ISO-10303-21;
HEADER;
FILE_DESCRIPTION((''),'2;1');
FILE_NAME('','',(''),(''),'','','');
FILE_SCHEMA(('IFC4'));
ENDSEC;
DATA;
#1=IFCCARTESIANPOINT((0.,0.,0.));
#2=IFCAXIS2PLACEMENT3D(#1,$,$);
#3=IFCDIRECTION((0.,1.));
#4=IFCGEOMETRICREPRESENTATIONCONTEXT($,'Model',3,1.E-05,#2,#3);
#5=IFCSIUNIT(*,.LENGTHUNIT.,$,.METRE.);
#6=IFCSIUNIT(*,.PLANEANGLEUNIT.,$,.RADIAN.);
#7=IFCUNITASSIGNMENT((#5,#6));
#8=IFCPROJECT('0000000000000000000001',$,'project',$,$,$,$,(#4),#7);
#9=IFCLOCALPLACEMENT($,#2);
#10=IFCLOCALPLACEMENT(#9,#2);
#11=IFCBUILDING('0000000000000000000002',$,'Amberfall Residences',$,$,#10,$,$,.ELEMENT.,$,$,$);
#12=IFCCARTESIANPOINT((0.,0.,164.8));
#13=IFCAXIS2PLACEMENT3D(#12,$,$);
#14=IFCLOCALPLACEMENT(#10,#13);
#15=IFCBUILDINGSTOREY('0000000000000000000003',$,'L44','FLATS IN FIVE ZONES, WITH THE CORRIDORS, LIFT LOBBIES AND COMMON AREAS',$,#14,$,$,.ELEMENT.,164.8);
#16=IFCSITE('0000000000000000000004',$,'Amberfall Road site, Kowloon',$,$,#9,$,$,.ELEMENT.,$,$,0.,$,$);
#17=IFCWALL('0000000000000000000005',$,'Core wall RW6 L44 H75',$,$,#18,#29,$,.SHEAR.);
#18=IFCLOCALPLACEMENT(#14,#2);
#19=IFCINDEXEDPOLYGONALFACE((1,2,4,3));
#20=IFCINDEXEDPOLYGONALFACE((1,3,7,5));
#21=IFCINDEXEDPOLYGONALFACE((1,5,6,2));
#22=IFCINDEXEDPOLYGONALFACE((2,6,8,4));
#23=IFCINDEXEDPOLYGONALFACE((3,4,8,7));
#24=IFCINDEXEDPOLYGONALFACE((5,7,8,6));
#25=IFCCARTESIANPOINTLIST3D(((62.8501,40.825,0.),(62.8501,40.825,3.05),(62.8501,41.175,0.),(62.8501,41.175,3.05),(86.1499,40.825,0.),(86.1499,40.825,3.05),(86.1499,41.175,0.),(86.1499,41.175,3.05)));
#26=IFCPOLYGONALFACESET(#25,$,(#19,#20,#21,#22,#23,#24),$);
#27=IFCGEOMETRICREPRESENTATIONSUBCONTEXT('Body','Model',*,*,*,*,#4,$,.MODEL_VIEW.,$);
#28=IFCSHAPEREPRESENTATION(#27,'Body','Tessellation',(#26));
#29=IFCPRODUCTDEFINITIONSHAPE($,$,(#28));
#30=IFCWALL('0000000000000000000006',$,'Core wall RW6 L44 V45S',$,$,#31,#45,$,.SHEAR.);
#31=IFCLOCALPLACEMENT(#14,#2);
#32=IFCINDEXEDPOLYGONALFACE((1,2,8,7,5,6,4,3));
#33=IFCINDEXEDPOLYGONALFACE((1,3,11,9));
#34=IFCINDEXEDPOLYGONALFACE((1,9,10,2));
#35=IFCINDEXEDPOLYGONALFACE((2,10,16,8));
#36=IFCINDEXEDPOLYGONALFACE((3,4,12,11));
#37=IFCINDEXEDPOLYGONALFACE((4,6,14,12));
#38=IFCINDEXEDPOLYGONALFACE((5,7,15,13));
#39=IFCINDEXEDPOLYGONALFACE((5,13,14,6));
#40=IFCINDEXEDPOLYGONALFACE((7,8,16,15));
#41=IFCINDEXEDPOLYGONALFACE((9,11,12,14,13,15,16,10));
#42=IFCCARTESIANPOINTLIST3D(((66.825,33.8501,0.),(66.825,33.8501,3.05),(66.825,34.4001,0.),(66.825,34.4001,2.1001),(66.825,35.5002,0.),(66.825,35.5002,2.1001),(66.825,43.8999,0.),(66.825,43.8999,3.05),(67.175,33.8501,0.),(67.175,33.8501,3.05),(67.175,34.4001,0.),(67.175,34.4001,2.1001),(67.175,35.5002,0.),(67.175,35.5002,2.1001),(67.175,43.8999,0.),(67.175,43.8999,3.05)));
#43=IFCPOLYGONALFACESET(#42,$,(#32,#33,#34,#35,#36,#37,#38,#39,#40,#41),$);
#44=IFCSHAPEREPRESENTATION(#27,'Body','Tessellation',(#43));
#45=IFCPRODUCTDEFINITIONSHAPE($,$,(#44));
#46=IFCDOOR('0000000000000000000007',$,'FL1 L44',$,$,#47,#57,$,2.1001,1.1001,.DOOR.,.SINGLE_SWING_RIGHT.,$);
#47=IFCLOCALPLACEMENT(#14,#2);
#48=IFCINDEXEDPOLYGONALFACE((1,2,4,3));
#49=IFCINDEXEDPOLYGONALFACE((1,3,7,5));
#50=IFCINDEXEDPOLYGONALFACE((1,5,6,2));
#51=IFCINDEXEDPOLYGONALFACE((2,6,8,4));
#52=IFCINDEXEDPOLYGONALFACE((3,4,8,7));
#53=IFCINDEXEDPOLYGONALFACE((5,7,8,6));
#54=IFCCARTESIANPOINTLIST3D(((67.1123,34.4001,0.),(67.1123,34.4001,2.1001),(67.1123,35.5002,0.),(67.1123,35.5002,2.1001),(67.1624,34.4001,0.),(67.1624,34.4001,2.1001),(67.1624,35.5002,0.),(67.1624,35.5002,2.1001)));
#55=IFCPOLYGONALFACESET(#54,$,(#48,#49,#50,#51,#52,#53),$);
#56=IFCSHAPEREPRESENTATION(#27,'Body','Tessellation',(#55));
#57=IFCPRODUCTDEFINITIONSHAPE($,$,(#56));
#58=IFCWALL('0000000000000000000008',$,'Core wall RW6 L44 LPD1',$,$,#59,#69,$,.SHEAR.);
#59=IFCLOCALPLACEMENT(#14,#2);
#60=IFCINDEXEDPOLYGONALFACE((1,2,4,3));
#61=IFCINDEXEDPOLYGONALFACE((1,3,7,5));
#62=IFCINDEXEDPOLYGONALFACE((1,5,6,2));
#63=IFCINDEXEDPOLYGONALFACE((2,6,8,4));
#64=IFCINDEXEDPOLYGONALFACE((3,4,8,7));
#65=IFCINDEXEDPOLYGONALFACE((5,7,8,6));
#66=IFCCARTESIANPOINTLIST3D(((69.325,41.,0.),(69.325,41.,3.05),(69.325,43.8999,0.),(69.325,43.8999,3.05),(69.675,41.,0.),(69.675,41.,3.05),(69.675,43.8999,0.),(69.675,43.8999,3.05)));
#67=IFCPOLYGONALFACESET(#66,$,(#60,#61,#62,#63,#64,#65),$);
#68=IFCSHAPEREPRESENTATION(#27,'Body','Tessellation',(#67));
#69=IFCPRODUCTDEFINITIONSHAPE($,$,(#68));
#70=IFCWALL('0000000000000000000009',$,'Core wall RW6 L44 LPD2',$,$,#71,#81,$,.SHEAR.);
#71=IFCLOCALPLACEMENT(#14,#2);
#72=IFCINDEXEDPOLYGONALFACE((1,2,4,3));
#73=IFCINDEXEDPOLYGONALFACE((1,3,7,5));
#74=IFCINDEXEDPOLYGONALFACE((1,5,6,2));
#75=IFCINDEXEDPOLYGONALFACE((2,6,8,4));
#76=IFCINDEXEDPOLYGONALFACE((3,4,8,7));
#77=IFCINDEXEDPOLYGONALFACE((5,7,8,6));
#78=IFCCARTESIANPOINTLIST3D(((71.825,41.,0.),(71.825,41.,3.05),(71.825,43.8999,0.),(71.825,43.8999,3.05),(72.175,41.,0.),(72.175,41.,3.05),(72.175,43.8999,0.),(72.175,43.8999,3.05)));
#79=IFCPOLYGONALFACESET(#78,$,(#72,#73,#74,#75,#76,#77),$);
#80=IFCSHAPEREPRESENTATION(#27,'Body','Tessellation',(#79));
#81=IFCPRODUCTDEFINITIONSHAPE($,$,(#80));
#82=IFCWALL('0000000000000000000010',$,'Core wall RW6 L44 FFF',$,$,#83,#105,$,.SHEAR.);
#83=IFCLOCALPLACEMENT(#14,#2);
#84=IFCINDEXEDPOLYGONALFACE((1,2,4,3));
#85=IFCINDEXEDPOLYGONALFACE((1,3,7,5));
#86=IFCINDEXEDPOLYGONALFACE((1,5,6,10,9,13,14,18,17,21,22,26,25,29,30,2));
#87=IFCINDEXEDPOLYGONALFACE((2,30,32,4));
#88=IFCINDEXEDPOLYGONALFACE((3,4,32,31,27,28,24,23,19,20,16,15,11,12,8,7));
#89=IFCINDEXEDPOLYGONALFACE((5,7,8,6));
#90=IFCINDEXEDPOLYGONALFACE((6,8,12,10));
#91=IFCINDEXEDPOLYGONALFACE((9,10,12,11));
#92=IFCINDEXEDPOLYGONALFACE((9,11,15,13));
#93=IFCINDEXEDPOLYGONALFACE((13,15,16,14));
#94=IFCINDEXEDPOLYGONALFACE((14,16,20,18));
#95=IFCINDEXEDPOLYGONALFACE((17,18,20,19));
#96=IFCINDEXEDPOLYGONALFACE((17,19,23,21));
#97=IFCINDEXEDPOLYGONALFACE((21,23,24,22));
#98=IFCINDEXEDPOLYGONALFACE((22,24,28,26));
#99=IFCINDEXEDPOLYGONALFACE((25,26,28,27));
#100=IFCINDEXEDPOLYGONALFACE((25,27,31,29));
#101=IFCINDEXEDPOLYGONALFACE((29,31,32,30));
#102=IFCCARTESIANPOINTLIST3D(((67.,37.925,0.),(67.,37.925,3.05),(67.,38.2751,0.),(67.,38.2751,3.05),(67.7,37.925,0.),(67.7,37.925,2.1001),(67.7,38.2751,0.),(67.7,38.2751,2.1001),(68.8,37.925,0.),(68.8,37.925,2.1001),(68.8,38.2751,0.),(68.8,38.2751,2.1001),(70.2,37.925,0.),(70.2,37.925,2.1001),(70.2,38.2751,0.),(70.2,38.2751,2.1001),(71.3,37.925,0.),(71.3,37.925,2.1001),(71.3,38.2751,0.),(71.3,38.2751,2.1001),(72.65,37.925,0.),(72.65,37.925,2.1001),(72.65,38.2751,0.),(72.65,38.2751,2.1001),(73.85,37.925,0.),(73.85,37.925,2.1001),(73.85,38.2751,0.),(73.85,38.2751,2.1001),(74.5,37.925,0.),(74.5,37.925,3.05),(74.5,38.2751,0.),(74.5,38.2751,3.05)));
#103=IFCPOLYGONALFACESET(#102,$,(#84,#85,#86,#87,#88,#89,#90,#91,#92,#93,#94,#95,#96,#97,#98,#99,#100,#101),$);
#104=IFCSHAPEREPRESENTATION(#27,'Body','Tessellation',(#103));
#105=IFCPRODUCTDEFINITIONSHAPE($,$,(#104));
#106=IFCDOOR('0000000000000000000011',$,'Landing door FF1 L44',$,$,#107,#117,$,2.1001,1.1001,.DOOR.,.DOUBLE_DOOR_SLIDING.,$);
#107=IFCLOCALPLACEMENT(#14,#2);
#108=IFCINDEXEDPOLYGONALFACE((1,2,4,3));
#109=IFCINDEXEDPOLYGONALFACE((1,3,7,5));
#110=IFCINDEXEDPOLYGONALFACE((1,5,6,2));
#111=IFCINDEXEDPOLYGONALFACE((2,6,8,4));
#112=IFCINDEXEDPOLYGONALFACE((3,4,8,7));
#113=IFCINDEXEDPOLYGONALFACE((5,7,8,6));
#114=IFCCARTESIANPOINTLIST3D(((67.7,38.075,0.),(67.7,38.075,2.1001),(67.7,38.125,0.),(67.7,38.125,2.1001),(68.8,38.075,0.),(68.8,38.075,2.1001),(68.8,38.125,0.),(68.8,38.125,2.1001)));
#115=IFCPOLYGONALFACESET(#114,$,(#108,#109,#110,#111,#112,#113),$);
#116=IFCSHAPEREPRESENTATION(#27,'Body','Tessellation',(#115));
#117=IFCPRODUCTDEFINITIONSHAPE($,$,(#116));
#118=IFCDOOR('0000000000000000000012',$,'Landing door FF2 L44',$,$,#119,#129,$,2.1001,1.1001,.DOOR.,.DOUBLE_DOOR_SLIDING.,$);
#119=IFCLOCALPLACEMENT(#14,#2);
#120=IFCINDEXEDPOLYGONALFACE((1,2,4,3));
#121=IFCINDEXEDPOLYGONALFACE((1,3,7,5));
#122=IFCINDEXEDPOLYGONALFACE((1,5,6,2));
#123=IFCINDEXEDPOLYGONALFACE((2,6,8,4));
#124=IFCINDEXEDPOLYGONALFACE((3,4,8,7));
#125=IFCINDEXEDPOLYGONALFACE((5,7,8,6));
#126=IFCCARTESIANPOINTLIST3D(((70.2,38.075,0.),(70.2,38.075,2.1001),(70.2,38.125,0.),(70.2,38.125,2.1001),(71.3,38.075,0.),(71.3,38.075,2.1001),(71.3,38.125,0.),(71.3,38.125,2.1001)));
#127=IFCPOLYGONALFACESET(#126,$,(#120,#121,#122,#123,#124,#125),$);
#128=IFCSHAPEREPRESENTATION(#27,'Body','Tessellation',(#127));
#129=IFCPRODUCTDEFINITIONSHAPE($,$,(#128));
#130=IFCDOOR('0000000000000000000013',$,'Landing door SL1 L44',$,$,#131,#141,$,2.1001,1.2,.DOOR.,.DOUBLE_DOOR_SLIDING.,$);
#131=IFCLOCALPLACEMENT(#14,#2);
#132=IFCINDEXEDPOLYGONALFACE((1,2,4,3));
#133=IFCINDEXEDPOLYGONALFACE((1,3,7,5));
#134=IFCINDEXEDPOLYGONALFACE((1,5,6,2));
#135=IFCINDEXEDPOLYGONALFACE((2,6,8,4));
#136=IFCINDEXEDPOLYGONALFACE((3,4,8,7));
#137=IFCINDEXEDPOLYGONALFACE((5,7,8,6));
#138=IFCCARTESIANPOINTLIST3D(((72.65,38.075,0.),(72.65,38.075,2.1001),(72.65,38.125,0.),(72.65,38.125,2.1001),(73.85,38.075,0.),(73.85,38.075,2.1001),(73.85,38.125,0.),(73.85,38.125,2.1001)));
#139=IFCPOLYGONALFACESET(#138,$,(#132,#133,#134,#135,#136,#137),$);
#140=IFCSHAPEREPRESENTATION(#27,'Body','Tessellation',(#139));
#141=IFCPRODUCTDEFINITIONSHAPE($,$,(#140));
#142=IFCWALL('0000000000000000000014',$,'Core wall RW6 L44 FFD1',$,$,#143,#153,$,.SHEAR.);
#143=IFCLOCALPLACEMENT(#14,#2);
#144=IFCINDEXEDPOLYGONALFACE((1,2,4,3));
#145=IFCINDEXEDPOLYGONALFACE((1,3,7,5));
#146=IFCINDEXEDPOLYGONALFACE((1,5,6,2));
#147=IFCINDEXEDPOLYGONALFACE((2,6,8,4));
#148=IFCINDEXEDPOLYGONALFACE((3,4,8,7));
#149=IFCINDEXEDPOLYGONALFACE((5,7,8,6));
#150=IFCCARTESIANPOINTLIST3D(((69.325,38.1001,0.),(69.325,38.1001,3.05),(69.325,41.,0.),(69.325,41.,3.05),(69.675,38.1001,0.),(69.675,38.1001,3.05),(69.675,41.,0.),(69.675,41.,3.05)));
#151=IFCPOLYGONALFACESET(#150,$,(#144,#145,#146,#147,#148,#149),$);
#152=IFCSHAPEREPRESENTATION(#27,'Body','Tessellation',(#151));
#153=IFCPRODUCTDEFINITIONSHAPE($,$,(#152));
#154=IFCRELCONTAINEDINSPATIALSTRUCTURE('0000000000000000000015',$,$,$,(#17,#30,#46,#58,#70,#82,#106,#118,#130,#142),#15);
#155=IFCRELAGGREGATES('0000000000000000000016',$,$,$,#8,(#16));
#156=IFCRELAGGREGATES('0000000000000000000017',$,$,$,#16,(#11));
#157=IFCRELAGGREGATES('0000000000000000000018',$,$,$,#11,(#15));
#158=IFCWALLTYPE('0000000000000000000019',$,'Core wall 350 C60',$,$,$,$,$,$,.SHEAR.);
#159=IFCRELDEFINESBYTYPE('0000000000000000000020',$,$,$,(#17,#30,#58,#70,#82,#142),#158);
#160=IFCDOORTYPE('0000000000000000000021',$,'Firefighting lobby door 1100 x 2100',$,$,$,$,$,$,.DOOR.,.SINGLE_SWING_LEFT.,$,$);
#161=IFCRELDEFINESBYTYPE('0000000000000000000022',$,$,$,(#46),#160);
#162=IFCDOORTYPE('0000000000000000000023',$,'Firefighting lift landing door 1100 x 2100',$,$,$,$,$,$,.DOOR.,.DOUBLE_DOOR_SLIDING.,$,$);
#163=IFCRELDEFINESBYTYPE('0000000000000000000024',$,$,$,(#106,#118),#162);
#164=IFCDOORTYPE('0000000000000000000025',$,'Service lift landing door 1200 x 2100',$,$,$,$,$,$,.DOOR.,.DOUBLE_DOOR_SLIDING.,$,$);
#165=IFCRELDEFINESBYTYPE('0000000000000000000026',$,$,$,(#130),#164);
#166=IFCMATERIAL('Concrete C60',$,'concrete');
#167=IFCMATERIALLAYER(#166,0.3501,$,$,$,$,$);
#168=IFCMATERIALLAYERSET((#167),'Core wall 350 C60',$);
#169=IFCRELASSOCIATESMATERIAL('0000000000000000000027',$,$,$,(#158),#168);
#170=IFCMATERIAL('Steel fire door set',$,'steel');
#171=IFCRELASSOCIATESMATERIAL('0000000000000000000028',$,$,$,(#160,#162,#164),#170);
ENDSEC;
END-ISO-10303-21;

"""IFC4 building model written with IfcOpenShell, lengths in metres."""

from ifc_helpers import new_model, si_unit, direction, frame, frame_2d, origin, place, context, subcontext, project, spatial, rectangle, extrude, material, layer, layer_set, type_object, element, fill, save


model = new_model("IFC4")

# Units and contexts
model_context = context("Model", 3, precision=1e-05, world=origin(), true_north=direction((0.0, 1.0)))
body_context = subcontext(model_context, "Body", "Model", "MODEL_VIEW")
ifc_project = project(units=[si_unit("LENGTHUNIT", "METRE"), si_unit("PLANEANGLEUNIT", "RADIAN")], contexts=[model_context])

# Site, building, storey
site_placement = place(None, origin())
site = spatial("IfcSite", under=ifc_project, at=site_placement, Name="Amberfall Road site, Kowloon", CompositionType="ELEMENT", RefElevation=0.0)
building_placement = place(site_placement, origin())
building = spatial("IfcBuilding", under=site, at=building_placement, Name="Amberfall Residences", CompositionType="ELEMENT")
storey_placement = place(building_placement, frame((0.0, 0.0, 164.8)))
storey = spatial("IfcBuildingStorey", under=building, at=storey_placement, Name="L44", Description="FLATS IN FIVE ZONES, WITH THE CORRIDORS, LIFT LOBBIES AND COMMON AREAS", CompositionType="ELEMENT", Elevation=164.8)

# Wall
ifc_material_1 = material(Name="Concrete C60", Category="concrete")
ifc_layer_1 = layer(ifc_material_1, 0.3501)
ifc_layer_set_1 = layer_set([ifc_layer_1], Name="Core wall 350 C60")
wall_type_1 = type_object("IfcWallType", Name="Core wall 350 C60", PredefinedType="SHEAR", material=ifc_layer_set_1)
wall_1_placement = place(storey_placement, frame((62.8501, 41.0, 0.0), z_axis=(0.0, 0.0, 1.0), x_axis=(1.0, 0.0, 0.0)))
element("IfcWall", 1, at=wall_1_placement, inside=storey, type_object=wall_type_1, Name="Core wall RW6 L44 H75", PredefinedType="SHEAR", context=body_context, shape_type="SweptSolid", body=[
    extrude(rectangle(XDim=23.2998, YDim=0.3501, at=frame_2d((11.6499, 0.0))), origin(), (0.0, 0.0, 1.0), 3.05),
])

# Wall, opening, door
wall_2_placement = place(storey_placement, frame((67.0, 33.8501, 0.0), z_axis=(0.0, 0.0, 1.0), x_axis=(0.0, 1.0, 0.0)))
wall_2 = element("IfcWall", 2, at=wall_2_placement, inside=storey, type_object=wall_type_1, Name="Core wall RW6 L44 V45S", PredefinedType="SHEAR", context=body_context, shape_type="SweptSolid", body=[
    extrude(rectangle(XDim=10.0498, YDim=0.3501, at=frame_2d((5.0249, 0.0))), origin(), (0.0, 0.0, 1.0), 3.05),
])
opening_1_placement = place(wall_2_placement, frame((0.55, 0.0, 0.0)))
opening_1 = element("IfcOpeningElement", 3, at=opening_1_placement, cuts=wall_2, PredefinedType="OPENING", context=body_context, shape_type="SweptSolid", body=[
    extrude(rectangle(XDim=1.1001, YDim=2.1001, at=frame_2d((0.55, 1.05))), frame((0.0, 0.1851, 0.0), z_axis=(0.0, -1.0, 0.0), x_axis=(1.0, 0.0, 0.0)), (0.0, 0.0, 1.0), 0.3701),
])
ifc_material_2 = material(Name="Steel fire door set", Category="steel")
door_type_1 = type_object("IfcDoorType", Name="Firefighting lobby door 1100 x 2100", OperationType="SINGLE_SWING_LEFT", PredefinedType="DOOR", material=ifc_material_2)
door_1_placement = place(opening_1_placement, origin())
door_1 = element("IfcDoor", 4, at=door_1_placement, inside=storey, type_object=door_type_1, Name="FL1 L44", OperationType="SINGLE_SWING_RIGHT", OverallHeight=2.1001, OverallWidth=1.1001, PredefinedType="DOOR", context=body_context, shape_type="SweptSolid", body=[
    extrude(rectangle(XDim=1.1001, YDim=2.1001, at=frame_2d((0.55, 1.05))), frame((0.0, -0.1123, 0.0), z_axis=(0.0, -1.0, 0.0), x_axis=(1.0, 0.0, 0.0)), (0.0, 0.0, 1.0), 0.05),
])
fill(opening_1, door_1)

# Walls
for number, where, z_axis, x_axis, name in (
    (5, (69.5, 41.0, 0.0), (0.0, 0.0, 1.0), (0.0, 1.0, 0.0), "Core wall RW6 L44 LPD1"),
    (6, (72.0, 41.0, 0.0), (0.0, 0.0, 1.0), (0.0, 1.0, 0.0), "Core wall RW6 L44 LPD2"),
):
    element("IfcWall", number, at=place(storey_placement, frame(where, z_axis=z_axis, x_axis=x_axis)), inside=storey, type_object=wall_type_1, Name=name, PredefinedType="SHEAR", context=body_context, shape_type="SweptSolid", body=[
        extrude(rectangle(XDim=2.8999, YDim=0.3501, at=frame_2d((1.45, 0.0))), origin(), (0.0, 0.0, 1.0), 3.05),
    ])

# Wall, openings, doors
wall_3_placement = place(storey_placement, frame((67.0, 38.1001, 0.0), z_axis=(0.0, 0.0, 1.0), x_axis=(1.0, 0.0, 0.0)))
wall_3 = element("IfcWall", 7, at=wall_3_placement, inside=storey, type_object=wall_type_1, Name="Core wall RW6 L44 FFF", PredefinedType="SHEAR", context=body_context, shape_type="SweptSolid", body=[
    extrude(rectangle(XDim=7.5, YDim=0.3501, at=frame_2d((3.75, 0.0))), origin(), (0.0, 0.0, 1.0), 3.05),
])
opening_2_placement = place(wall_3_placement, frame((0.7, 0.0, 0.0)))
opening_2 = element("IfcOpeningElement", 8, at=opening_2_placement, cuts=wall_3, PredefinedType="OPENING", context=body_context, shape_type="SweptSolid", body=[
    extrude(rectangle(XDim=1.1001, YDim=2.1001, at=frame_2d((0.55, 1.05))), frame((0.0, 0.1851, 0.0), z_axis=(0.0, -1.0, 0.0), x_axis=(1.0, 0.0, 0.0)), (0.0, 0.0, 1.0), 0.3701),
])
opening_3_placement = place(wall_3_placement, frame((3.2, 0.0, 0.0)))
opening_3 = element("IfcOpeningElement", 9, at=opening_3_placement, cuts=wall_3, PredefinedType="OPENING", context=body_context, shape_type="SweptSolid", body=[
    extrude(rectangle(XDim=1.1001, YDim=2.1001, at=frame_2d((0.55, 1.05))), frame((0.0, 0.1851, 0.0), z_axis=(0.0, -1.0, 0.0), x_axis=(1.0, 0.0, 0.0)), (0.0, 0.0, 1.0), 0.3701),
])
opening_4_placement = place(wall_3_placement, frame((5.6499, 0.0, 0.0)))
opening_4 = element("IfcOpeningElement", 10, at=opening_4_placement, cuts=wall_3, PredefinedType="OPENING", context=body_context, shape_type="SweptSolid", body=[
    extrude(rectangle(XDim=1.2, YDim=2.1001, at=frame_2d((0.6001, 1.05))), frame((0.0, 0.1851, 0.0), z_axis=(0.0, -1.0, 0.0), x_axis=(1.0, 0.0, 0.0)), (0.0, 0.0, 1.0), 0.3701),
])
door_type_2 = type_object("IfcDoorType", Name="Firefighting lift landing door 1100 x 2100", OperationType="DOUBLE_DOOR_SLIDING", PredefinedType="DOOR", material=ifc_material_2)
door_2_placement = place(opening_2_placement, origin())
door_2 = element("IfcDoor", 11, at=door_2_placement, inside=storey, type_object=door_type_2, Name="Landing door FF1 L44", OperationType="DOUBLE_DOOR_SLIDING", OverallHeight=2.1001, OverallWidth=1.1001, PredefinedType="DOOR", context=body_context, shape_type="SweptSolid", body=[
    extrude(rectangle(XDim=1.1001, YDim=2.1001, at=frame_2d((0.55, 1.05))), frame((0.0, 0.0249, 0.0), z_axis=(0.0, -1.0, 0.0), x_axis=(1.0, 0.0, 0.0)), (0.0, 0.0, 1.0), 0.05),
])
fill(opening_2, door_2)
door_3_placement = place(opening_3_placement, origin())
door_3 = element("IfcDoor", 12, at=door_3_placement, inside=storey, type_object=door_type_2, Name="Landing door FF2 L44", OperationType="DOUBLE_DOOR_SLIDING", OverallHeight=2.1001, OverallWidth=1.1001, PredefinedType="DOOR", context=body_context, shape_type="SweptSolid", body=[
    extrude(rectangle(XDim=1.1001, YDim=2.1001, at=frame_2d((0.55, 1.05))), frame((0.0, 0.0249, 0.0), z_axis=(0.0, -1.0, 0.0), x_axis=(1.0, 0.0, 0.0)), (0.0, 0.0, 1.0), 0.05),
])
fill(opening_3, door_3)
door_type_3 = type_object("IfcDoorType", Name="Service lift landing door 1200 x 2100", OperationType="DOUBLE_DOOR_SLIDING", PredefinedType="DOOR", material=ifc_material_2)
door_4_placement = place(opening_4_placement, origin())
door_4 = element("IfcDoor", 13, at=door_4_placement, inside=storey, type_object=door_type_3, Name="Landing door SL1 L44", OperationType="DOUBLE_DOOR_SLIDING", OverallHeight=2.1001, OverallWidth=1.2, PredefinedType="DOOR", context=body_context, shape_type="SweptSolid", body=[
    extrude(rectangle(XDim=1.2, YDim=2.1001, at=frame_2d((0.6001, 1.05))), frame((0.0, 0.0249, 0.0), z_axis=(0.0, -1.0, 0.0), x_axis=(1.0, 0.0, 0.0)), (0.0, 0.0, 1.0), 0.05),
])
fill(opening_4, door_4)

# Wall
wall_4_placement = place(storey_placement, frame((69.5, 38.1001, 0.0), z_axis=(0.0, 0.0, 1.0), x_axis=(0.0, 1.0, 0.0)))
element("IfcWall", 14, at=wall_4_placement, inside=storey, type_object=wall_type_1, Name="Core wall RW6 L44 FFD1", PredefinedType="SHEAR", context=body_context, shape_type="SweptSolid", body=[
    extrude(rectangle(XDim=2.8999, YDim=0.3501, at=frame_2d((1.45, 0.0))), origin(), (0.0, 0.0, 1.0), 3.05),
])

save(model, "model.ifc")
